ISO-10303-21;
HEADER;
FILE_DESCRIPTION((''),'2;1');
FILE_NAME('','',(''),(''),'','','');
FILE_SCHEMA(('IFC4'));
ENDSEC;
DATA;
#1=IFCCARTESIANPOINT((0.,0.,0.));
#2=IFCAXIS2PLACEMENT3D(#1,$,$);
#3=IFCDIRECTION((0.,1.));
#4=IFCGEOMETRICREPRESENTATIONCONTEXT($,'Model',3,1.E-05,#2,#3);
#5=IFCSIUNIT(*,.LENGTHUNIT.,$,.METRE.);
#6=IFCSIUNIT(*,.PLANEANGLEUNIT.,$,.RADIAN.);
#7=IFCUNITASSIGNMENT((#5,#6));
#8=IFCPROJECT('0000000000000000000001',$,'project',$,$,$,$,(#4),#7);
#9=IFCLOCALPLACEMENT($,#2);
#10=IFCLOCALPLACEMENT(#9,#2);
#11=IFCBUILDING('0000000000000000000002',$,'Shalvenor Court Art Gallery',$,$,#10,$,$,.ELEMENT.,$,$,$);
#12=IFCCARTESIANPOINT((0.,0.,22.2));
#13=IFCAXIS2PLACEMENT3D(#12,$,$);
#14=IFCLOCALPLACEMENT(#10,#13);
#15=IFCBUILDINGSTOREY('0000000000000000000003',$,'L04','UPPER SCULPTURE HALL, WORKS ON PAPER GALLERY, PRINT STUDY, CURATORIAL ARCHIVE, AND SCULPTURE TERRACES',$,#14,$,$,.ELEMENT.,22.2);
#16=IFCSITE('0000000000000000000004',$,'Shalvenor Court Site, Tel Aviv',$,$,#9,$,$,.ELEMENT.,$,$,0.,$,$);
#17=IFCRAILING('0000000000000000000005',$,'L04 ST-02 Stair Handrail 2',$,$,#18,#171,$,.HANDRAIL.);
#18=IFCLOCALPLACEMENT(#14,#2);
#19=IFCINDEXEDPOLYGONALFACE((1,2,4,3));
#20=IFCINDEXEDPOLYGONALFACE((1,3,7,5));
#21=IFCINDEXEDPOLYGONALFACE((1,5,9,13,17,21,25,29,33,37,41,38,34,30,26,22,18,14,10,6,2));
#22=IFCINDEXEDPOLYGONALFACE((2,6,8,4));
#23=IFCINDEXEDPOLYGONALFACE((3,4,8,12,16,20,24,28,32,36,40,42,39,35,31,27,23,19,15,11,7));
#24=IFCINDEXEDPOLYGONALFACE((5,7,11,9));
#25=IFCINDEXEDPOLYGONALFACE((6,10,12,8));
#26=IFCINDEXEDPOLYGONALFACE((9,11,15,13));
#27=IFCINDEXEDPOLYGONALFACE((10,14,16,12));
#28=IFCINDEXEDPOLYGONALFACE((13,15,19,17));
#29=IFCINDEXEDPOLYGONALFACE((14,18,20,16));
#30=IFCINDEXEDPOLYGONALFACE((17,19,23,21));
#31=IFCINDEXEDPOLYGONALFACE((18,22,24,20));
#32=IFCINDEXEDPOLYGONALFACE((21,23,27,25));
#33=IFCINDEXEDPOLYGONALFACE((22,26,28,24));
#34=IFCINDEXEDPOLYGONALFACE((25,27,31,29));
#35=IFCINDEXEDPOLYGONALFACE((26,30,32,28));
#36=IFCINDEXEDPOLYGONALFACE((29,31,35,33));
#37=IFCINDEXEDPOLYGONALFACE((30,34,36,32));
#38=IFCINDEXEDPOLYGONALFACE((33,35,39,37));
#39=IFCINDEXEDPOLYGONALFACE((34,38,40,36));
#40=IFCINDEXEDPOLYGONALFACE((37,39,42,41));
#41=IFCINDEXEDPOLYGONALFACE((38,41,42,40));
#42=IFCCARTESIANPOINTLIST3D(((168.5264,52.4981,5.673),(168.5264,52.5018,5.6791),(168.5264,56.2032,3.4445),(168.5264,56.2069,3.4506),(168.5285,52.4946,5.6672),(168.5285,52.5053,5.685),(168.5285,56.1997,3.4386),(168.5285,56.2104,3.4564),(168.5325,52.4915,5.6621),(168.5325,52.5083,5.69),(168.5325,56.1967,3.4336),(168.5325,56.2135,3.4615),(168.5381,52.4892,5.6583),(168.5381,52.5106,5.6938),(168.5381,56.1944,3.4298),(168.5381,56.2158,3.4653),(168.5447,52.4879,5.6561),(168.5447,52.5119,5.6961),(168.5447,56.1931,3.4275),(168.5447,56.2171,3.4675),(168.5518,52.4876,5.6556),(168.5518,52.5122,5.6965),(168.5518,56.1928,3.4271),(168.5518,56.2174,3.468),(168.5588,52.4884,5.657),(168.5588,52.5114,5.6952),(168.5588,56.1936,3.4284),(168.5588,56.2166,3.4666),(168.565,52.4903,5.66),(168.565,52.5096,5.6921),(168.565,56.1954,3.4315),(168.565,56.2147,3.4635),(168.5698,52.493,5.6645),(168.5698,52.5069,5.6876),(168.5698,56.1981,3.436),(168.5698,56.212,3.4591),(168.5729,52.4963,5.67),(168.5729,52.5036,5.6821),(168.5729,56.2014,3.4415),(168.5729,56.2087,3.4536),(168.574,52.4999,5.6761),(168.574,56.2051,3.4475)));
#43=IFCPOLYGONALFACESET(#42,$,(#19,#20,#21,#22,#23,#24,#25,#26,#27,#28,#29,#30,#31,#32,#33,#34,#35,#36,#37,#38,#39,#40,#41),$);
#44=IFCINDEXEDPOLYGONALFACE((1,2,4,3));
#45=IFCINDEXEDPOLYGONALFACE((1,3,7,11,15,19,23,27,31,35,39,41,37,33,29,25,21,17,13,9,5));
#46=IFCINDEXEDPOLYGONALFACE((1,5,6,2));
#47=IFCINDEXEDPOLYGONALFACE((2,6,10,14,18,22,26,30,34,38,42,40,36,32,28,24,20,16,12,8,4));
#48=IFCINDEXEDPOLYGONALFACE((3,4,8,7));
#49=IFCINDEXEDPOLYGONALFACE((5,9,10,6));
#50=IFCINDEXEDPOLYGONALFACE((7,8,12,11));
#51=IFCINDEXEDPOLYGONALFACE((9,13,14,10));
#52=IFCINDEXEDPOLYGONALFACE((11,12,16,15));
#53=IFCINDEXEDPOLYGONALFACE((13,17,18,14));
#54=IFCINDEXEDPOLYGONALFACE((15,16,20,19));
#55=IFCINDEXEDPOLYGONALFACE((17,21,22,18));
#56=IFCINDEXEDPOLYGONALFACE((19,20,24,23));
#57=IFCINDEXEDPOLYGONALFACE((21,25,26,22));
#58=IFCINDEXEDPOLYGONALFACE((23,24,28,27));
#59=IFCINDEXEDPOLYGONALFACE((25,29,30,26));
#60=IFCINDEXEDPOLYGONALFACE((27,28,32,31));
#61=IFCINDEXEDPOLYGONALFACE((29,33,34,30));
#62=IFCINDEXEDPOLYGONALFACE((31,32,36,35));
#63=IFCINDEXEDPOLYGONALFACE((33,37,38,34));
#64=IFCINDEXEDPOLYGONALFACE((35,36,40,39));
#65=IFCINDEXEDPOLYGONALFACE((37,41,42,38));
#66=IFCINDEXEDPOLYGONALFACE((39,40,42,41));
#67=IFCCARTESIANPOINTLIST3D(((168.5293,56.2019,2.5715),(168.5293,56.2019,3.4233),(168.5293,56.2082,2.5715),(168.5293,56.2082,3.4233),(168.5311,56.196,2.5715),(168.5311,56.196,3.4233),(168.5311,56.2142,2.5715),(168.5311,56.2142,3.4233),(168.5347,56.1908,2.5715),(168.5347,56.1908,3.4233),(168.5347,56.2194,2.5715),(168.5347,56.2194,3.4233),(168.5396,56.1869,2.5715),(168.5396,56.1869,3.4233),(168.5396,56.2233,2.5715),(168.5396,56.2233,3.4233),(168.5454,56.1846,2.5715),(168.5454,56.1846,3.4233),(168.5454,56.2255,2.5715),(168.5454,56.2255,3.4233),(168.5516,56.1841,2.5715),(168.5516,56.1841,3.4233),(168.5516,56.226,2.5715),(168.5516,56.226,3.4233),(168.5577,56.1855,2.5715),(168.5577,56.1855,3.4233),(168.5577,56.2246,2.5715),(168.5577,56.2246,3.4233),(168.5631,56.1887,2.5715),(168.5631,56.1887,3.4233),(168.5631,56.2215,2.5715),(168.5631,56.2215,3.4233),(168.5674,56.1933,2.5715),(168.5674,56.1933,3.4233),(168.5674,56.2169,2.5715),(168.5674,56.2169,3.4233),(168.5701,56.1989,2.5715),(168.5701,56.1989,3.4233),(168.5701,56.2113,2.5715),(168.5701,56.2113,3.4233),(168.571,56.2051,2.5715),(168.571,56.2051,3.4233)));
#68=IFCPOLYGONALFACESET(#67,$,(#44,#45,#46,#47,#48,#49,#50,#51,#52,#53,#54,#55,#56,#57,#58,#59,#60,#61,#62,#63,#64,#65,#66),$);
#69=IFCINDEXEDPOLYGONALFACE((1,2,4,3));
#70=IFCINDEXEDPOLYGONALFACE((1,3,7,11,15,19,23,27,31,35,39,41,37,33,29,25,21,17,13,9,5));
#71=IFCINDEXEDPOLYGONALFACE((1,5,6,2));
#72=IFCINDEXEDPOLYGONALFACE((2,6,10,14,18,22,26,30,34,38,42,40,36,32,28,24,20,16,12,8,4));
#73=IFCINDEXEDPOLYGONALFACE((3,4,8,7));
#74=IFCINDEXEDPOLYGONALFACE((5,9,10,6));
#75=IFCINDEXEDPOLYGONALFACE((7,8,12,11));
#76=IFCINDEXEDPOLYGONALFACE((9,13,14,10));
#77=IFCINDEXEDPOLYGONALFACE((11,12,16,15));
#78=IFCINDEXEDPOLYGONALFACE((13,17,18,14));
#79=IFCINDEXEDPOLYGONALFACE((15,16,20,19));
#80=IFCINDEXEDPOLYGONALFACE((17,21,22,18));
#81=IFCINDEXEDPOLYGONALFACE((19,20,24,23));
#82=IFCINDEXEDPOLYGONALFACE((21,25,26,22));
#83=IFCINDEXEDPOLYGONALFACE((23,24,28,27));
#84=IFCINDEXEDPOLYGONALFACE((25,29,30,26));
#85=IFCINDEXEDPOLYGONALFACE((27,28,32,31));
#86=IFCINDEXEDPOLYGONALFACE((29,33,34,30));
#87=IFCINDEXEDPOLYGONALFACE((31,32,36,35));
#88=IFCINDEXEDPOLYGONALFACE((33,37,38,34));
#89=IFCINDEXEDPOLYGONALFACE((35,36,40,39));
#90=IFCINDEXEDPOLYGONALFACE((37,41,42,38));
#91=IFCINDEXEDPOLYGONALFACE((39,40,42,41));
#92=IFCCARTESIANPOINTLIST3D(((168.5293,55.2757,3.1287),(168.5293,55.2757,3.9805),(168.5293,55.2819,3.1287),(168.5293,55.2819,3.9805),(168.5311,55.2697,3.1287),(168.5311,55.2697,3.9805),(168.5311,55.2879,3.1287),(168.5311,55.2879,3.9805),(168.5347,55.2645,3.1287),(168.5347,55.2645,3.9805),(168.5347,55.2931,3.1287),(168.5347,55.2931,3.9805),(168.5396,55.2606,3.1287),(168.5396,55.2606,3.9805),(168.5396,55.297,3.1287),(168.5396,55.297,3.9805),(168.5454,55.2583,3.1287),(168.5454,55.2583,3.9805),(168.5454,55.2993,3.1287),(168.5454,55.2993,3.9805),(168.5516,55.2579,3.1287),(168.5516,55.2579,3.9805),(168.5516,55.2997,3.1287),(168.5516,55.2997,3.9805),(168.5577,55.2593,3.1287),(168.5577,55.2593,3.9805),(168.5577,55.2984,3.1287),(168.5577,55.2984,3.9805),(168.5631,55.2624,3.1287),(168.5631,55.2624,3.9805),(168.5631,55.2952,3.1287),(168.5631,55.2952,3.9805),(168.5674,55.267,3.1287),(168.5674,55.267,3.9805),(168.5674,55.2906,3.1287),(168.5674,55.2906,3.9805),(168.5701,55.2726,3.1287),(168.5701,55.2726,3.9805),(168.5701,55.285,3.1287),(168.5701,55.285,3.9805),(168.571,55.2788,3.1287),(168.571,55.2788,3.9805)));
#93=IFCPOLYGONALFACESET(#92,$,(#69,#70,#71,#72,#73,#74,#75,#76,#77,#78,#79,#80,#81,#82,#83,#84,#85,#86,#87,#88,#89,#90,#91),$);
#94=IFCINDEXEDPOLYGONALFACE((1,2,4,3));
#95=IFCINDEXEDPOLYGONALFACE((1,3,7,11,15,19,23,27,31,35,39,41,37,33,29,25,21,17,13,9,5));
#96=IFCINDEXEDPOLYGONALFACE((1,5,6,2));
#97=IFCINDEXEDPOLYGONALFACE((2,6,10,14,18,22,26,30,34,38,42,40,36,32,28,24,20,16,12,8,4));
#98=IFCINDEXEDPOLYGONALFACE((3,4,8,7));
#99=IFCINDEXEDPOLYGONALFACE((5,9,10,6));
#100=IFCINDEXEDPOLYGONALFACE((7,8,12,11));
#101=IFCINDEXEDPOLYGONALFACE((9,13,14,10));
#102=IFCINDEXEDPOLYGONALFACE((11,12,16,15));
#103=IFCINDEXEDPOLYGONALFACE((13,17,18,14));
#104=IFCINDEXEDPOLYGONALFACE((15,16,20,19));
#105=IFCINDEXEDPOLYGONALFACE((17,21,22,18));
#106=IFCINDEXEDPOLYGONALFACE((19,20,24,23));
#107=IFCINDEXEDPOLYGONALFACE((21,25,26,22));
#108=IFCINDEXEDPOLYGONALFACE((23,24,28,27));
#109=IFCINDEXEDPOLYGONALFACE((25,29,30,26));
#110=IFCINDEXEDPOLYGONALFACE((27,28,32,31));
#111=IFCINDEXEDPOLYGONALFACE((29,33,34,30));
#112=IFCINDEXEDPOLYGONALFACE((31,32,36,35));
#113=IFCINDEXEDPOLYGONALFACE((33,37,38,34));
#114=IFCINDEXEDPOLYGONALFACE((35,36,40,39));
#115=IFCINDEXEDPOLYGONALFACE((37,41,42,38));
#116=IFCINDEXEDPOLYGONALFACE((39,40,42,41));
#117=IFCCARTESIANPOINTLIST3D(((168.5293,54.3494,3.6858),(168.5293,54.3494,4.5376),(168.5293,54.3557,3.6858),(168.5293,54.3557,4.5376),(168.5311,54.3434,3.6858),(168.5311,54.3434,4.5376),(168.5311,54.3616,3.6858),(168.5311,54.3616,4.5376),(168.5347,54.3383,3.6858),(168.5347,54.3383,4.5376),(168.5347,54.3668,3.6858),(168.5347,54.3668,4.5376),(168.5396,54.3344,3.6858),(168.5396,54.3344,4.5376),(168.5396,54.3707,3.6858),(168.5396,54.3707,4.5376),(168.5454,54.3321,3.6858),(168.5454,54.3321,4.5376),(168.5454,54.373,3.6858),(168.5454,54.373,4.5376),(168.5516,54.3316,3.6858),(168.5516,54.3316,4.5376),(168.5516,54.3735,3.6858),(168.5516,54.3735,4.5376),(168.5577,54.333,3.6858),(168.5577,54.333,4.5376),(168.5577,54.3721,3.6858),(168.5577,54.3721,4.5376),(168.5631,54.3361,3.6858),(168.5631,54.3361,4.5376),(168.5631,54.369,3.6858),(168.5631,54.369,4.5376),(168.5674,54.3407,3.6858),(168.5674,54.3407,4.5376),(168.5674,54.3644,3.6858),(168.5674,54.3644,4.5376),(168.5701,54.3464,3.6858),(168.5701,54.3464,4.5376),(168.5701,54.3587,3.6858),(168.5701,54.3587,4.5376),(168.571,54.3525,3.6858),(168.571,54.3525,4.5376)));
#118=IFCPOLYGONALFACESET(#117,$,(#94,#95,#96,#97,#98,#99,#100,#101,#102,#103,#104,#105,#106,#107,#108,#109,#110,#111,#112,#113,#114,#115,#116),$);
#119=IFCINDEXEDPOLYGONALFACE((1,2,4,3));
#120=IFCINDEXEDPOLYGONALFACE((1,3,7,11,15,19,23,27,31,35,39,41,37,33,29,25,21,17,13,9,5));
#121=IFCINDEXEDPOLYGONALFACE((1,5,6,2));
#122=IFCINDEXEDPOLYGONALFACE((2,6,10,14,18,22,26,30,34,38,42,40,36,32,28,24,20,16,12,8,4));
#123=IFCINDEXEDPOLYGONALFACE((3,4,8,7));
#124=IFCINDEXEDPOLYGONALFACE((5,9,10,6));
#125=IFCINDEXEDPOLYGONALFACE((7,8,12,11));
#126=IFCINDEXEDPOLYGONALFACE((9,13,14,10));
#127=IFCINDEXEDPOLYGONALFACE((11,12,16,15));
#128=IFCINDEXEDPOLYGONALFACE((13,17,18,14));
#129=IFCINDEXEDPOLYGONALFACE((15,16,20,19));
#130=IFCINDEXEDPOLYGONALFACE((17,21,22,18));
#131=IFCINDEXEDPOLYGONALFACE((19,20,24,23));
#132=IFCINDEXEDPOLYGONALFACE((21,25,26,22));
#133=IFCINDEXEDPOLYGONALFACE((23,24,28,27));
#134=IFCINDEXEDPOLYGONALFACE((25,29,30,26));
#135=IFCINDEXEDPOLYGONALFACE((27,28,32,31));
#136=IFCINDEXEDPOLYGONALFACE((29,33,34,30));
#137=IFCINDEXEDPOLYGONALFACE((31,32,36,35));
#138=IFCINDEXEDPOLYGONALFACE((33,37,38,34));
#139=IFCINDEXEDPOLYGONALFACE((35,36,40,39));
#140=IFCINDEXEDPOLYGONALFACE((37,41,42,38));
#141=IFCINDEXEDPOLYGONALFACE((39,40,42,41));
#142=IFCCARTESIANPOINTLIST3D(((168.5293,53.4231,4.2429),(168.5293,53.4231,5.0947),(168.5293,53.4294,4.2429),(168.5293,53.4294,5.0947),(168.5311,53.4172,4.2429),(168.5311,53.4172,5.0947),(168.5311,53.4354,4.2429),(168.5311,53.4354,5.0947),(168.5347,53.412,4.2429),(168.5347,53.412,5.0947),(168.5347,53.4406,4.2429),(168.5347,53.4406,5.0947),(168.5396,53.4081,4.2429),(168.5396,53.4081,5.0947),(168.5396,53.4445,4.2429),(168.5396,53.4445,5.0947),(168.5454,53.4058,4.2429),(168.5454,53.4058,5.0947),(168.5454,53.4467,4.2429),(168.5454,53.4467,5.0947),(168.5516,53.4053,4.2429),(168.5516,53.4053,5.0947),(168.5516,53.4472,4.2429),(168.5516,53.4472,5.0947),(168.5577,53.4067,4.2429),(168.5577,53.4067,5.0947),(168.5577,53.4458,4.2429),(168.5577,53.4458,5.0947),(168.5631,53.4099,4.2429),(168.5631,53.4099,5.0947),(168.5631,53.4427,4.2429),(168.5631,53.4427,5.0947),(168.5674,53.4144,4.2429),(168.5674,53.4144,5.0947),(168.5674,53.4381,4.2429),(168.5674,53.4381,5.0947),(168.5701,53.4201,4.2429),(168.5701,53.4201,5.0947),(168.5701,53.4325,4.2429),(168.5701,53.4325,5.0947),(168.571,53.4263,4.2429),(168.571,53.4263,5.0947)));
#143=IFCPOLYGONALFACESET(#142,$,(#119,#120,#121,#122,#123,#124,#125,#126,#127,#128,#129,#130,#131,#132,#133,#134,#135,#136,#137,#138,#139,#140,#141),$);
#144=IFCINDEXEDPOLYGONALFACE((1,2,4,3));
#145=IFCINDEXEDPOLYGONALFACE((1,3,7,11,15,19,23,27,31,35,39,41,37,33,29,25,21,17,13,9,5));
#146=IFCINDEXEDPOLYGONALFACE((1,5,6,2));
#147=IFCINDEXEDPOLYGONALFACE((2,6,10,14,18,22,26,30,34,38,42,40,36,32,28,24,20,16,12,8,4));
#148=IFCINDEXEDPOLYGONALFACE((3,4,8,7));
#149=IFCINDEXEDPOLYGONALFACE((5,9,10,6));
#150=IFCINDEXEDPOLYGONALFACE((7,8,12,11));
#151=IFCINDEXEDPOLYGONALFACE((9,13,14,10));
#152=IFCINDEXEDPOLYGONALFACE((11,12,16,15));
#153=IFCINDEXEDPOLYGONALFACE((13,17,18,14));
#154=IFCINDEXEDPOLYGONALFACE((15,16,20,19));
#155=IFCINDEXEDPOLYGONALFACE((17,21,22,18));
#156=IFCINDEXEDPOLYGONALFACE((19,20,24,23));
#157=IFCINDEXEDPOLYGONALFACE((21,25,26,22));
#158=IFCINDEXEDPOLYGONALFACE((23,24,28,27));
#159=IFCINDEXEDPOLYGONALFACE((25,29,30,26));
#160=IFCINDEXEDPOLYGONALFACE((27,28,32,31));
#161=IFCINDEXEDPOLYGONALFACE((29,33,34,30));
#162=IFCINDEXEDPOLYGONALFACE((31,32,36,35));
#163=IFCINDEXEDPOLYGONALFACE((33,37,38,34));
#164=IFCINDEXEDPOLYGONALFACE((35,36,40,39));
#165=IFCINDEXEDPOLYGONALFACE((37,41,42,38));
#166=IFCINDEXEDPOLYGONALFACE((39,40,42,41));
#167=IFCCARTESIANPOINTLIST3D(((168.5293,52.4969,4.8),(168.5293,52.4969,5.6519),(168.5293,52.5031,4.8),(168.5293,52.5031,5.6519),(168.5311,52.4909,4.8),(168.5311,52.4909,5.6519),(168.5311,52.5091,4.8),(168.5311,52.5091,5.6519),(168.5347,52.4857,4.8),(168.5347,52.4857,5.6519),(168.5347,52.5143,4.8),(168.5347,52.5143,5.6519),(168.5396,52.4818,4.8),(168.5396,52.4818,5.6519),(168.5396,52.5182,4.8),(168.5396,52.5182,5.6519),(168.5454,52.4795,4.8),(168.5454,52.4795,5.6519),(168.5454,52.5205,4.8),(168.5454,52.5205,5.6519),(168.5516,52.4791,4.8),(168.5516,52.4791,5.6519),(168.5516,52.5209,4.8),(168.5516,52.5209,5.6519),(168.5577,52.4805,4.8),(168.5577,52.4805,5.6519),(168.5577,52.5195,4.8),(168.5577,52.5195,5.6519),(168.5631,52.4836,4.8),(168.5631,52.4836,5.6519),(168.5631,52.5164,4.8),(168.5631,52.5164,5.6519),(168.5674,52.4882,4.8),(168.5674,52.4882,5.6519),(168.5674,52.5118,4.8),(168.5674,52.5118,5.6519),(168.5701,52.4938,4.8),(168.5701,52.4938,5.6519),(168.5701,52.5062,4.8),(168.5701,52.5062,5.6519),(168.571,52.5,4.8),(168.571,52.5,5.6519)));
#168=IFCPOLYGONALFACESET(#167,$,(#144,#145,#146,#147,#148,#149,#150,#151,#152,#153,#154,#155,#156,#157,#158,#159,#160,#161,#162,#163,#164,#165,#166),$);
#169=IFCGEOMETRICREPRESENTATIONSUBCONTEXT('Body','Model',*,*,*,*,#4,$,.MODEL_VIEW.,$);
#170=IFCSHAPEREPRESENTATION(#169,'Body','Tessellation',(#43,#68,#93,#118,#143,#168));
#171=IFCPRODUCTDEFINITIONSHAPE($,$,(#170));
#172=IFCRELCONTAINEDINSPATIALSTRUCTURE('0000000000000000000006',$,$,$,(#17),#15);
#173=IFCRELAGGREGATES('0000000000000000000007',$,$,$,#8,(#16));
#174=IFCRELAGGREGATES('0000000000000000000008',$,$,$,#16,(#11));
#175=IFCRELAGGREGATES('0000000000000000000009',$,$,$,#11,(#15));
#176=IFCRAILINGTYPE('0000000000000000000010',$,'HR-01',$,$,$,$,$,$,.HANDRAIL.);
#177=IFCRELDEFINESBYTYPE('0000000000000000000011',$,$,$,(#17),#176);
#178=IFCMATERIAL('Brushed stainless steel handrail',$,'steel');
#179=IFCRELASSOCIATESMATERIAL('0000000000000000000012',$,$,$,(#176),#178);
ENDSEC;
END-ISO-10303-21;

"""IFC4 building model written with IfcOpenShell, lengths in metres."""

from ifc_helpers import new_model, si_unit, direction, frame, origin, origin_2d, place, context, subcontext, project, spatial, circle, extrude, material, type_object, element, save


model = new_model("IFC4")

# Units and contexts
model_context = context("Model", 3, precision=1e-05, world=origin(), true_north=direction((0.0, 1.0)))
body_context = subcontext(model_context, "Body", "Model", "MODEL_VIEW")
ifc_project = project(units=[si_unit("LENGTHUNIT", "METRE"), si_unit("PLANEANGLEUNIT", "RADIAN")], contexts=[model_context])

# Site, building, storey
site_placement = place(None, origin())
site = spatial("IfcSite", under=ifc_project, at=site_placement, Name="Shalvenor Court Site, Tel Aviv", CompositionType="ELEMENT", RefElevation=0.0)
building_placement = place(site_placement, origin())
building = spatial("IfcBuilding", under=site, at=building_placement, Name="Shalvenor Court Art Gallery", CompositionType="ELEMENT")
storey_placement = place(building_placement, frame((0.0, 0.0, 22.2)))
storey = spatial("IfcBuildingStorey", under=building, at=storey_placement, Name="L04", Description="UPPER SCULPTURE HALL, WORKS ON PAPER GALLERY, PRINT STUDY, CURATORIAL ARCHIVE, AND SCULPTURE TERRACES", CompositionType="ELEMENT", Elevation=22.2)

# Railing
ifc_material_1 = material(Name="Brushed stainless steel handrail", Category="steel")
railing_type_1 = type_object("IfcRailingType", Name="HR-01", PredefinedType="HANDRAIL", material=ifc_material_1)
railing_1_placement = place(storey_placement, frame((168.55, 56.2051, 2.5715)))
element("IfcRailing", 1, at=railing_1_placement, inside=storey, type_object=railing_type_1, Name="L04 ST-02 Stair Handrail 2", PredefinedType="HANDRAIL", context=body_context, shape_type="SweptSolid", body=[
    extrude(circle(Radius=0.0239, at=origin_2d()), frame((0.0, 0.0, 0.876), z_axis=(0.0, -0.856934, 0.515425), x_axis=(1.0, 0.0, 0.0)), (0.0, 0.0, 1.0), 4.3237),
    extrude(circle(Radius=0.021, at=origin_2d()), origin(), (0.0, 0.0, 1.0), 0.8518),
    extrude(circle(Radius=0.021, at=origin_2d()), frame((0.0, -0.9263, 0.5571)), (0.0, 0.0, 1.0), 0.8518),
    extrude(circle(Radius=0.021, at=origin_2d()), frame((0.0, -1.8525, 1.1143)), (0.0, 0.0, 1.0), 0.8518),
    extrude(circle(Radius=0.021, at=origin_2d()), frame((0.0, -2.7788, 1.6714)), (0.0, 0.0, 1.0), 0.8518),
    extrude(circle(Radius=0.021, at=origin_2d()), frame((0.0, -3.7051, 2.2285)), (0.0, 0.0, 1.0), 0.8518),
])

save(model, "model.ifc")
